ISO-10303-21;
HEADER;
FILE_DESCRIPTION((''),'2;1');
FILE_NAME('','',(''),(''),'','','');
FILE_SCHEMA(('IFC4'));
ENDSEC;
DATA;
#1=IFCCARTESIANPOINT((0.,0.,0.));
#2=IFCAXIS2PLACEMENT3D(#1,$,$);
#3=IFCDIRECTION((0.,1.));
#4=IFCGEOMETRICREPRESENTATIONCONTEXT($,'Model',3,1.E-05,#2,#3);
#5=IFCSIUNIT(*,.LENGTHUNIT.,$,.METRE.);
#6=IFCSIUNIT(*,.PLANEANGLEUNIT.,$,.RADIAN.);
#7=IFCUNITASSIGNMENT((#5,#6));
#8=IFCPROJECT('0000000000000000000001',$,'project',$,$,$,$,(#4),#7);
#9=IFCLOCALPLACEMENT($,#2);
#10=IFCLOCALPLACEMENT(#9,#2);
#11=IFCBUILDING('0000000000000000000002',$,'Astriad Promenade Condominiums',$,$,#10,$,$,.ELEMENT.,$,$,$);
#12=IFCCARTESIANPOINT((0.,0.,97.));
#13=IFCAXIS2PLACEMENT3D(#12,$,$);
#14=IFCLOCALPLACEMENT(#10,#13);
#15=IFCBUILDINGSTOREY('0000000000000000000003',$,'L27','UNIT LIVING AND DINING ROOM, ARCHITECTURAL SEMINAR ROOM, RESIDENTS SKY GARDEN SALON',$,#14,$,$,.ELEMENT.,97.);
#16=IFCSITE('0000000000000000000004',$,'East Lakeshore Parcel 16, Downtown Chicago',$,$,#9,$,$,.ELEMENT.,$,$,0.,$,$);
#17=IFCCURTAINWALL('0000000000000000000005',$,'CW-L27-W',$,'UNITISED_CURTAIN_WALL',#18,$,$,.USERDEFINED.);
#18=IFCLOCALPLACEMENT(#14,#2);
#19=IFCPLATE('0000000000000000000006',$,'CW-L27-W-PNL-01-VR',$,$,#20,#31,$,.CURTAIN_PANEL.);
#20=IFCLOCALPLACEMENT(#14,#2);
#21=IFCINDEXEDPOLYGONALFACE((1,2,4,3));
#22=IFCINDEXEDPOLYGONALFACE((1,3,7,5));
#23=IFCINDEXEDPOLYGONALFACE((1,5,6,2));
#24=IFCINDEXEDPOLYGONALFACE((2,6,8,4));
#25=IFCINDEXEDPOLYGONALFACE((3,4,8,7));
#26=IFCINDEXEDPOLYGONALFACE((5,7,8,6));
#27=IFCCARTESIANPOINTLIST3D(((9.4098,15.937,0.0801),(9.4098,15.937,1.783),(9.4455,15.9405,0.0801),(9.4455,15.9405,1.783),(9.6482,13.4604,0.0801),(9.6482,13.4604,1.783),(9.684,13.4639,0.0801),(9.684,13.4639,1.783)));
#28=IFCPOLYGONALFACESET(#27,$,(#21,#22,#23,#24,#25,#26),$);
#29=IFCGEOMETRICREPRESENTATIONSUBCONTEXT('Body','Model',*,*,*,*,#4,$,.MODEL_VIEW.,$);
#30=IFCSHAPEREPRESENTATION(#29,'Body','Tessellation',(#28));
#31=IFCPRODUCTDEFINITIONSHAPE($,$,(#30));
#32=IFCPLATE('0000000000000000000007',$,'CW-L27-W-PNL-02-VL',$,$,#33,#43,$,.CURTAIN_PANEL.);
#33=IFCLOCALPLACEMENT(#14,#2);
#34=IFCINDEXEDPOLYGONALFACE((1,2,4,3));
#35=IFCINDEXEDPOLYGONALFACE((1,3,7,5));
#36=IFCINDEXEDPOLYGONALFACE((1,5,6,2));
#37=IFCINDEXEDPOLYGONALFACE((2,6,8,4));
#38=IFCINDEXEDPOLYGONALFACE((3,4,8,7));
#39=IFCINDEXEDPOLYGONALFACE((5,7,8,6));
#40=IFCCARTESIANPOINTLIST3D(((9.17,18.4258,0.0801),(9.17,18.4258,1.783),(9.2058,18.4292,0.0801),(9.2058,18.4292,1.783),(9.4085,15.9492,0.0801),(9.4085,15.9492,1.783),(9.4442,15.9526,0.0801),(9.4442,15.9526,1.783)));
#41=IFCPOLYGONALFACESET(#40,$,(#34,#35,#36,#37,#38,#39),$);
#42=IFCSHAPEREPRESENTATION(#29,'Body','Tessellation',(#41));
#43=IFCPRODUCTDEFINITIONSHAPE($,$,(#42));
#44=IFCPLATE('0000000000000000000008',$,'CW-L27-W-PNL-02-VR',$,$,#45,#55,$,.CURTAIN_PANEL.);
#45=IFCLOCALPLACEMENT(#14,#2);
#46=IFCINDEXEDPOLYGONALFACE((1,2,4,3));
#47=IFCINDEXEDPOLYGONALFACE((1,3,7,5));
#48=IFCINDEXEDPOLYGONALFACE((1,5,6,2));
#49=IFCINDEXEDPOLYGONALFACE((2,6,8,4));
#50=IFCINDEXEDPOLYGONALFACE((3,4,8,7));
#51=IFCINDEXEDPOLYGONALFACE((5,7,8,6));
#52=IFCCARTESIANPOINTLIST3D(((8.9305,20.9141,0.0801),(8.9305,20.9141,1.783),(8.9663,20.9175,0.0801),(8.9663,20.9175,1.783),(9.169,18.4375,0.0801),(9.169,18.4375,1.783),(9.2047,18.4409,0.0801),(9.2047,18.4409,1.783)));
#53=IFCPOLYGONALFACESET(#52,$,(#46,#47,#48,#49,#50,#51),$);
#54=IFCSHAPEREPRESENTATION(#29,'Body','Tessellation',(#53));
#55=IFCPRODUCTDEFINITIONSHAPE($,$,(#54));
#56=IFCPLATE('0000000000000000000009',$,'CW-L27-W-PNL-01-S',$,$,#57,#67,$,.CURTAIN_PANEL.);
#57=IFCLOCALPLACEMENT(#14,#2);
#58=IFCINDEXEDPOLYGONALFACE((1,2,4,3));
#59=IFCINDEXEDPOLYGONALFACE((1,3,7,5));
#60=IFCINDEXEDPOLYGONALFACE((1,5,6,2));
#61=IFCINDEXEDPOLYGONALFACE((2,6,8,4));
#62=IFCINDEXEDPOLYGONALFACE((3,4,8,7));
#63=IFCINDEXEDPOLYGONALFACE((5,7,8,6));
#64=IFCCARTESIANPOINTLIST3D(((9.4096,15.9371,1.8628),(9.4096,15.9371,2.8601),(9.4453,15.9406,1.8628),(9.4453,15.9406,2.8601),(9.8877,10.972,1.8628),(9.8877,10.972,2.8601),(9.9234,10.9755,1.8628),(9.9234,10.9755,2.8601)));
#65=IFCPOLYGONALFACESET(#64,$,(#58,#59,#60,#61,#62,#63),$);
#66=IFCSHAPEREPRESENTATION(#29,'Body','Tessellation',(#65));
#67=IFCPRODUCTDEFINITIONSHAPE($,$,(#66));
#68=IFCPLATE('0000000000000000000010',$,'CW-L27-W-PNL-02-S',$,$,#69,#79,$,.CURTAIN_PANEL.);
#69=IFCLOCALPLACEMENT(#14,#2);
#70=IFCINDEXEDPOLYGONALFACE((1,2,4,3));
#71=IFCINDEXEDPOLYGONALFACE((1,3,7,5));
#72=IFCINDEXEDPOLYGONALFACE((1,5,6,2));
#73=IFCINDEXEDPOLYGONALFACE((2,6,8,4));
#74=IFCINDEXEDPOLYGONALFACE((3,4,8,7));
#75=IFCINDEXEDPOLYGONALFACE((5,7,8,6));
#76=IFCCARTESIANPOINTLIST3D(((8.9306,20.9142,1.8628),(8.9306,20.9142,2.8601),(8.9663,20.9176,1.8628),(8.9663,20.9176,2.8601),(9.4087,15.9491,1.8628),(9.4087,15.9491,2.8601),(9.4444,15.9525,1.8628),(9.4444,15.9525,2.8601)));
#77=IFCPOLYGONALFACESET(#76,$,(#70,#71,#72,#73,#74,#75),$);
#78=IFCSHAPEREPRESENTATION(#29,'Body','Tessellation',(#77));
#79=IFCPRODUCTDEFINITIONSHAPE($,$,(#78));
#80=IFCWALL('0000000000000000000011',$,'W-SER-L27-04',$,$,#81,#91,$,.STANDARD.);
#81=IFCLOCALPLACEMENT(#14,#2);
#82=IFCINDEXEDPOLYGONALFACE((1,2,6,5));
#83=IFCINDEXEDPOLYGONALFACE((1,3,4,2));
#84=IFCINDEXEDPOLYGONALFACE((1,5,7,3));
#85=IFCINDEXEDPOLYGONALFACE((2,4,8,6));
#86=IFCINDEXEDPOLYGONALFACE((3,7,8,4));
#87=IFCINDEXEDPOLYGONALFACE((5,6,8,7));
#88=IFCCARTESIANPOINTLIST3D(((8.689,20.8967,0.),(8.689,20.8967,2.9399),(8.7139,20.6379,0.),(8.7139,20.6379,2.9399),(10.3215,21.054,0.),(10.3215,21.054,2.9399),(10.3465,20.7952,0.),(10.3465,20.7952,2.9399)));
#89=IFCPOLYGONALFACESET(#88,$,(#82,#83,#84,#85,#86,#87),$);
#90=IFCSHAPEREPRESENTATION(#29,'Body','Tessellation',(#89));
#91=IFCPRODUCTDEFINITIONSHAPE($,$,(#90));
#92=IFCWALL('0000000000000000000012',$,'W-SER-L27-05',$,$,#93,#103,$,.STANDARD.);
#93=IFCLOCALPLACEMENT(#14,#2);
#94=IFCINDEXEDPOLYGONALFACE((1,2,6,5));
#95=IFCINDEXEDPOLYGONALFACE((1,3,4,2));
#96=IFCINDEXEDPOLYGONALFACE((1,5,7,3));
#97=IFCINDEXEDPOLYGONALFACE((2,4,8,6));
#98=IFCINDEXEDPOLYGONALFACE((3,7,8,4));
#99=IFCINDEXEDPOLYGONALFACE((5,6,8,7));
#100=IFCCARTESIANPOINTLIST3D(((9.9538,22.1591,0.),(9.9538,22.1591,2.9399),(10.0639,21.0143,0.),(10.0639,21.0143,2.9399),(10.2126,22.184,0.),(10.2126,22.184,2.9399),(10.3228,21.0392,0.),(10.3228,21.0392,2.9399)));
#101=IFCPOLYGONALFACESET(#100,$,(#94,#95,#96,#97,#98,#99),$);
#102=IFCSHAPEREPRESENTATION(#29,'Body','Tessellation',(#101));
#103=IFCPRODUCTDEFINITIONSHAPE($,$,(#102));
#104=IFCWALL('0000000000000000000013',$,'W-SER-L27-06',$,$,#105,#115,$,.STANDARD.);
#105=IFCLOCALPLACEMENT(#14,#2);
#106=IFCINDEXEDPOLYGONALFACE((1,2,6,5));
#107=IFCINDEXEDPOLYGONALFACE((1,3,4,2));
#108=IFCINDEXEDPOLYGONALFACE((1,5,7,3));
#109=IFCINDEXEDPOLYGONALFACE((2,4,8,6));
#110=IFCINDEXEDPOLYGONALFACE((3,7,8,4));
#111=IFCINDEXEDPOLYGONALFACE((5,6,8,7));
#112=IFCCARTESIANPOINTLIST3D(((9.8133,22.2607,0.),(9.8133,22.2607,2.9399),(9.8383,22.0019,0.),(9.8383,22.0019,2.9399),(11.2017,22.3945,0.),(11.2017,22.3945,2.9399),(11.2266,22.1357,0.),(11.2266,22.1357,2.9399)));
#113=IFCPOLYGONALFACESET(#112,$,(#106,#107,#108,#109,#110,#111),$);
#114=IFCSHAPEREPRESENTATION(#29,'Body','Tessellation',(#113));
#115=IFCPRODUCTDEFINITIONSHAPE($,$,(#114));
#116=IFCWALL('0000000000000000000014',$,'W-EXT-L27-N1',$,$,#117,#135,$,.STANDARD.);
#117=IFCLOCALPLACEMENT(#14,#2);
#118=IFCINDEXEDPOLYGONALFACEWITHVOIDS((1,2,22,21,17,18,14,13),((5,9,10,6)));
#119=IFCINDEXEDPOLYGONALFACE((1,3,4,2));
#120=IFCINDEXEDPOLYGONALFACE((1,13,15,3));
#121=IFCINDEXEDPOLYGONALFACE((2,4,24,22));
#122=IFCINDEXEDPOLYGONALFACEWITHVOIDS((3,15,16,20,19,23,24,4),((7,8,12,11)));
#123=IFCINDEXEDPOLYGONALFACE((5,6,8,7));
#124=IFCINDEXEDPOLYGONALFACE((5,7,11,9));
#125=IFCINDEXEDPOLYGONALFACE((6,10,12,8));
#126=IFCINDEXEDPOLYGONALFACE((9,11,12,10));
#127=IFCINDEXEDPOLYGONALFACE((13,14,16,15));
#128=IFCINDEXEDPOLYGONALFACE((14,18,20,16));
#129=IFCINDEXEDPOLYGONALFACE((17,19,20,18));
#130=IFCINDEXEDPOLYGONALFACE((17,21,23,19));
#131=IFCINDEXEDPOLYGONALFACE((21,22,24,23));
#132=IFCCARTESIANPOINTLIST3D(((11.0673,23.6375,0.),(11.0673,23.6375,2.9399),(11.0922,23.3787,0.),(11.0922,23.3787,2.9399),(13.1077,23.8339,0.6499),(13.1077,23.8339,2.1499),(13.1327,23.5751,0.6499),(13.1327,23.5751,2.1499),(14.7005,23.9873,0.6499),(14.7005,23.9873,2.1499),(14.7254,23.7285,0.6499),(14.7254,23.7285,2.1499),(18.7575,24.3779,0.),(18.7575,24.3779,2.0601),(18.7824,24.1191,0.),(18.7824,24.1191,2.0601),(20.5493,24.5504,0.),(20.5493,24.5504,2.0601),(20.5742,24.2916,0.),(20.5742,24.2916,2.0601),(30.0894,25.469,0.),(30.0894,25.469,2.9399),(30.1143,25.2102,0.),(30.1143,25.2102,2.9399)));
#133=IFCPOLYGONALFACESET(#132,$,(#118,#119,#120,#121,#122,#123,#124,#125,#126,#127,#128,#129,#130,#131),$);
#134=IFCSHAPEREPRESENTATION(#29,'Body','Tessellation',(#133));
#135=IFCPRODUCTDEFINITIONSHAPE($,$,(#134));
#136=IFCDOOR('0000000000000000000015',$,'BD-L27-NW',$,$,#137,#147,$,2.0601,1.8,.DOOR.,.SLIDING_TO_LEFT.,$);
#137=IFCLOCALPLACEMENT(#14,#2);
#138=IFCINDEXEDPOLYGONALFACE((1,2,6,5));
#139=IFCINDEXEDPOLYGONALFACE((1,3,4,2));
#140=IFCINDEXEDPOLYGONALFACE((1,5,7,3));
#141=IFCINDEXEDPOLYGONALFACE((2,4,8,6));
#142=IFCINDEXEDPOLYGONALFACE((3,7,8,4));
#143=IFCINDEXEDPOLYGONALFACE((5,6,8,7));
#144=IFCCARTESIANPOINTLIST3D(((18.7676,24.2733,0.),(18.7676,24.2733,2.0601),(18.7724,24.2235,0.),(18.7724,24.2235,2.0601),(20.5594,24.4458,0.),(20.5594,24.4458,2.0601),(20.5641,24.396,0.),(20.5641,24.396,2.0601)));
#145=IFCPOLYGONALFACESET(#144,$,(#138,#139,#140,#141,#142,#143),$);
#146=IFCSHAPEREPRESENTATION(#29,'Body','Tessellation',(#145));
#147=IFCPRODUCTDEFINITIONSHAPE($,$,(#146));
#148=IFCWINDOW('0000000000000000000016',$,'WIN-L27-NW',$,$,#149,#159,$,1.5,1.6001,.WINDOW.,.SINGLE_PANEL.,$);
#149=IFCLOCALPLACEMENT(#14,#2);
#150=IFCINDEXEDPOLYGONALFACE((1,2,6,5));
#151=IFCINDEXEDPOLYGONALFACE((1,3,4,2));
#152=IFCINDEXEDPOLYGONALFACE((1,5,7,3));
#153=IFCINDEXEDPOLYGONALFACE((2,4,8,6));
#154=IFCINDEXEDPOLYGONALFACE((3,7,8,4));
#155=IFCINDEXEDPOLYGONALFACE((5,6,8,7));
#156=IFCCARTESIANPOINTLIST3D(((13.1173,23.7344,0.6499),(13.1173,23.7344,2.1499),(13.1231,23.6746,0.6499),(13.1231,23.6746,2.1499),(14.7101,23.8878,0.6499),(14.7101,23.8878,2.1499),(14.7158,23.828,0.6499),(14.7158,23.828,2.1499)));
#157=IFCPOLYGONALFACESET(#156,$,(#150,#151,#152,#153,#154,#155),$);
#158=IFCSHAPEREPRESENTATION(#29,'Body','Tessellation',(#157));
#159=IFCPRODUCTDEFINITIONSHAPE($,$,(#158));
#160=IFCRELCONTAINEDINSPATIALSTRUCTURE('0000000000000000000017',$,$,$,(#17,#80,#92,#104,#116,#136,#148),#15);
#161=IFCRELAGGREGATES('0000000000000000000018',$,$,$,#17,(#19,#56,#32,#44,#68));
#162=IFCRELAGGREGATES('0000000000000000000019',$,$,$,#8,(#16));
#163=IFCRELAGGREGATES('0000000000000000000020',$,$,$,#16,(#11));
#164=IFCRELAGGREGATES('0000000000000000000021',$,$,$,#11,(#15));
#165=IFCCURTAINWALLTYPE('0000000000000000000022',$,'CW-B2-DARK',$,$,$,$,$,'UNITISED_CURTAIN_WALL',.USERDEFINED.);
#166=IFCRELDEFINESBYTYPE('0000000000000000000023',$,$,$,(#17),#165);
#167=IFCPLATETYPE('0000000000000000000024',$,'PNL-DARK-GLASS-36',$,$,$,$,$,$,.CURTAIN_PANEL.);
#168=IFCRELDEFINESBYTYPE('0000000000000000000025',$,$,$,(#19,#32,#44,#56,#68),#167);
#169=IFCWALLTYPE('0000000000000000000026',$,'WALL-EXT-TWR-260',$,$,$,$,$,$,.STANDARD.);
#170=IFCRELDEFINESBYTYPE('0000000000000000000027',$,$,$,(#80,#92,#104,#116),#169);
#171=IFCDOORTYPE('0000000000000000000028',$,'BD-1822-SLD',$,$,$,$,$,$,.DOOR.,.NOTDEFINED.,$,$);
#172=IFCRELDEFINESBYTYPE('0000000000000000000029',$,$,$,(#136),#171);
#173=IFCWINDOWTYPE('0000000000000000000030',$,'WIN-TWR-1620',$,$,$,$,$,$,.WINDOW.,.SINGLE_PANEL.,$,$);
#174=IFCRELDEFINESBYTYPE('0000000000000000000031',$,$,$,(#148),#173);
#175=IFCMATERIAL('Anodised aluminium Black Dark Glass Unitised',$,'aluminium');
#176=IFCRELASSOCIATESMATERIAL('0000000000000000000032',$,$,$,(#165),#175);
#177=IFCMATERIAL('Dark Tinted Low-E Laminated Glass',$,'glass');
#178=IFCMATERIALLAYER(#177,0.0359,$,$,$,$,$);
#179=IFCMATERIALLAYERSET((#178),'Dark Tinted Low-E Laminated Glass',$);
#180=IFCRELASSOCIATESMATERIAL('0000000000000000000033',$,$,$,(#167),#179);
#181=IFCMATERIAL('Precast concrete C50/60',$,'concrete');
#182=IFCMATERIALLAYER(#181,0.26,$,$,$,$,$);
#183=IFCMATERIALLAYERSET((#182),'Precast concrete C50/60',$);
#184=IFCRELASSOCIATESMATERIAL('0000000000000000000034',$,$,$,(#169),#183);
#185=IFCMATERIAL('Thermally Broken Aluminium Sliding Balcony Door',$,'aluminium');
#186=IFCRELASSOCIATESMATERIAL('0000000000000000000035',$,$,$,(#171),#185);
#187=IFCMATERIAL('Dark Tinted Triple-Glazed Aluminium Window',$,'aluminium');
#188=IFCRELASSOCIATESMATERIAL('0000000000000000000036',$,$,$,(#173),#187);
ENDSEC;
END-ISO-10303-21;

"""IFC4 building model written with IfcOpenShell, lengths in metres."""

from ifc_helpers import new_model, si_unit, direction, frame, frame_2d, origin, origin_2d, place, context, subcontext, project, spatial, rectangle, extrude, source, transform, mapped, material, layer, layer_set, type_object, type_shapes, element, fill, aggregate, save


model = new_model("IFC4")

# Units and contexts
model_context = context("Model", 3, precision=1e-05, world=origin(), true_north=direction((0.0, 1.0)))
body_context = subcontext(model_context, "Body", "Model", "MODEL_VIEW")
ifc_project = project(units=[si_unit("LENGTHUNIT", "METRE"), si_unit("PLANEANGLEUNIT", "RADIAN")], contexts=[model_context])

# Site, building, storey
site_placement = place(None, origin())
site = spatial("IfcSite", under=ifc_project, at=site_placement, Name="East Lakeshore Parcel 16, Downtown Chicago", CompositionType="ELEMENT", RefElevation=0.0)
building_placement = place(site_placement, origin())
building = spatial("IfcBuilding", under=site, at=building_placement, Name="Astriad Promenade Condominiums", CompositionType="ELEMENT")
storey_placement = place(building_placement, frame((0.0, 0.0, 97.0)))
storey = spatial("IfcBuildingStorey", under=building, at=storey_placement, Name="L27", Description="UNIT LIVING AND DINING ROOM, ARCHITECTURAL SEMINAR ROOM, RESIDENTS SKY GARDEN SALON", CompositionType="ELEMENT", Elevation=97.0)

# Curtain wall, plates
ifc_material_1 = material(Name="Anodised aluminium Black Dark Glass Unitised", Category="aluminium")
curtain_wall_type = type_object("IfcCurtainWallType", Name="CW-B2-DARK", ElementType="UNITISED_CURTAIN_WALL", PredefinedType="USERDEFINED", material=ifc_material_1)
curtain_wall_placement = place(storey_placement, origin())
curtain_wall = element("IfcCurtainWall", 1, at=curtain_wall_placement, inside=storey, type_object=curtain_wall_type, Name="CW-L27-W", ObjectType="UNITISED_CURTAIN_WALL", PredefinedType="USERDEFINED")
ifc_material_2 = material(Name="Dark Tinted Low-E Laminated Glass", Category="glass")
ifc_layer_1 = layer(ifc_material_2, 0.0359)
ifc_layer_set_1 = layer_set([ifc_layer_1], Name="Dark Tinted Low-E Laminated Glass")
plate_type = type_object("IfcPlateType", Name="PNL-DARK-GLASS-36", PredefinedType="CURTAIN_PANEL", material=ifc_layer_set_1)
shared_shape_1 = source(origin(), body_context, "Body", "SweptSolid", [
    extrude(rectangle(XDim=2.488, YDim=0.0359, at=origin_2d()), origin(), (0.0, 0.0, 1.0), 1.7029),
])
plate_1_placement = place(storey_placement, frame((9.5469, 14.7004, 0.0801), z_axis=(0.0, 0.0, 1.0), x_axis=(-0.095846, 0.995396, 0.0)))
plate_1 = element("IfcPlate", 2, at=plate_1_placement, type_object=plate_type, Name="CW-L27-W-PNL-01-VR", PredefinedType="CURTAIN_PANEL", context=body_context, shape_type="MappedRepresentation", body=[
    mapped(shared_shape_1, transform((0.0, 0.0, 0.0), scale=1.0)),
])
plate_2_placement = place(storey_placement, frame((9.3071, 17.1892, 0.0801), z_axis=(0.0, 0.0, 1.0), x_axis=(-0.095846, 0.995396, 0.0)))
plate_2 = element("IfcPlate", 3, at=plate_2_placement, type_object=plate_type, Name="CW-L27-W-PNL-02-VL", PredefinedType="CURTAIN_PANEL", context=body_context, shape_type="MappedRepresentation", body=[
    mapped(shared_shape_1, transform((0.0, 0.0, 0.0), scale=1.0)),
])
plate_3_placement = place(storey_placement, frame((9.0676, 19.6775, 0.0801), z_axis=(0.0, 0.0, 1.0), x_axis=(-0.095846, 0.995396, 0.0)))
plate_3 = element("IfcPlate", 4, at=plate_3_placement, type_object=plate_type, Name="CW-L27-W-PNL-02-VR", PredefinedType="CURTAIN_PANEL", context=body_context, shape_type="MappedRepresentation", body=[
    mapped(shared_shape_1, transform((0.0, 0.0, 0.0), scale=1.0)),
])
shared_shape_2 = source(origin(), body_context, "Body", "SweptSolid", [
    extrude(rectangle(XDim=4.988, YDim=0.0359, at=origin_2d()), origin(), (0.0, 0.0, 1.0), 0.9973),
])
type_shapes(plate_type, [shared_shape_1, shared_shape_2])
plate_4_placement = place(storey_placement, frame((9.6665, 13.4563, 1.8628), z_axis=(0.0, 0.0, 1.0), x_axis=(-0.095846, 0.995396, 0.0)))
plate_4 = element("IfcPlate", 5, at=plate_4_placement, type_object=plate_type, Name="CW-L27-W-PNL-01-S", PredefinedType="CURTAIN_PANEL", context=body_context, shape_type="MappedRepresentation", body=[
    mapped(shared_shape_2, transform((0.0, 0.0, 0.0), scale=1.0)),
])
plate_5_placement = place(storey_placement, frame((9.1875, 18.4333, 1.8628), z_axis=(0.0, 0.0, 1.0), x_axis=(-0.095846, 0.995396, 0.0)))
plate_5 = element("IfcPlate", 6, at=plate_5_placement, type_object=plate_type, Name="CW-L27-W-PNL-02-S", PredefinedType="CURTAIN_PANEL", context=body_context, shape_type="MappedRepresentation", body=[
    mapped(shared_shape_2, transform((0.0, 0.0, 0.0), scale=1.0)),
])
aggregate(curtain_wall, [plate_1, plate_4, plate_2, plate_3, plate_5])

# Walls
ifc_material_3 = material(Name="Precast concrete C50/60", Category="concrete")
ifc_layer_2 = layer(ifc_material_3, 0.26)
ifc_layer_set_2 = layer_set([ifc_layer_2], Name="Precast concrete C50/60")
wall_type_1 = type_object("IfcWallType", Name="WALL-EXT-TWR-260", PredefinedType="STANDARD", material=ifc_layer_set_2)
wall_1_placement = place(storey_placement, frame((8.7014, 20.7673, 0.0), z_axis=(0.0, 0.0, 1.0), x_axis=(0.995395, 0.095863, 0.0)))
element("IfcWall", 7, at=wall_1_placement, inside=storey, type_object=wall_type_1, Name="W-SER-L27-04", PredefinedType="STANDARD", context=body_context, shape_type="SweptSolid", body=[
    extrude(rectangle(XDim=1.6401, YDim=0.26, at=frame_2d((0.8201, 0.0))), origin(), (0.0, 0.0, 1.0), 2.9399),
])
wall_2_placement = place(storey_placement, frame((10.1934, 21.0266, 0.0), z_axis=(0.0, 0.0, 1.0), x_axis=(-0.095741, 0.995406, 0.0)))
element("IfcWall", 8, at=wall_2_placement, inside=storey, type_object=wall_type_1, Name="W-SER-L27-05", PredefinedType="STANDARD", context=body_context, shape_type="SweptSolid", body=[
    extrude(rectangle(XDim=1.1501, YDim=0.26, at=frame_2d((0.5752, 0.0))), origin(), (0.0, 0.0, 1.0), 2.9399),
])
wall_3_placement = place(storey_placement, frame((9.8259, 22.1313, 0.0), z_axis=(0.0, 0.0, 1.0), x_axis=(0.995389, 0.095916, 0.0)))
element("IfcWall", 9, at=wall_3_placement, inside=storey, type_object=wall_type_1, Name="W-SER-L27-06", PredefinedType="STANDARD", context=body_context, shape_type="SweptSolid", body=[
    extrude(rectangle(XDim=1.3948, YDim=0.26, at=frame_2d((0.6973, 0.0))), origin(), (0.0, 0.0, 1.0), 2.9399),
])

# Wall, openings, door, window
wall_4_placement = place(storey_placement, frame((11.0796, 23.5081, 0.0), z_axis=(0.0, 0.0, 1.0), x_axis=(0.995397, 0.095841, 0.0)))
wall_4 = element("IfcWall", 10, at=wall_4_placement, inside=storey, type_object=wall_type_1, Name="W-EXT-L27-N1", PredefinedType="STANDARD", context=body_context, shape_type="SweptSolid", body=[
    extrude(rectangle(XDim=19.1101, YDim=0.26, at=frame_2d((9.5552, 0.0))), origin(), (0.0, 0.0, 1.0), 2.9399),
])
opening_1_placement = place(wall_4_placement, frame((7.7261, 0.0, 0.0)))
opening_1 = element("IfcOpeningElement", 11, at=opening_1_placement, cuts=wall_4, PredefinedType="OPENING", context=body_context, shape_type="SweptSolid", body=[
    extrude(rectangle(XDim=1.8, YDim=2.0601, at=frame_2d((0.8999, 1.03))), frame((0.0, 0.1399, 0.0), z_axis=(0.0, -1.0, 0.0), x_axis=(1.0, 0.0, 0.0)), (0.0, 0.0, 1.0), 0.28),
])
opening_2_placement = place(wall_4_placement, frame((2.05, 0.0, 0.6499)))
opening_2 = element("IfcOpeningElement", 12, at=opening_2_placement, cuts=wall_4, PredefinedType="OPENING", context=body_context, shape_type="SweptSolid", body=[
    extrude(rectangle(XDim=1.6001, YDim=1.5, at=frame_2d((0.8, 0.75))), frame((0.0, 0.1399, 0.0), z_axis=(0.0, -1.0, 0.0), x_axis=(1.0, 0.0, 0.0)), (0.0, 0.0, 1.0), 0.28),
])
ifc_material_4 = material(Name="Thermally Broken Aluminium Sliding Balcony Door", Category="aluminium")
door_type_1 = type_object("IfcDoorType", Name="BD-1822-SLD", OperationType="NOTDEFINED", PredefinedType="DOOR", material=ifc_material_4)
shared_shape_3 = source(origin(), body_context, "Body", "SweptSolid", [
    extrude(rectangle(XDim=1.8, YDim=2.0601, at=frame_2d((0.8999, 1.03))), frame((0.0, 0.0249, 0.0), z_axis=(0.0, -1.0, 0.0), x_axis=(1.0, 0.0, 0.0)), (0.0, 0.0, 1.0), 0.05),
])
type_shapes(door_type_1, [shared_shape_3])
door_1_placement = place(opening_1_placement, origin())
door_1 = element("IfcDoor", 13, at=door_1_placement, inside=storey, type_object=door_type_1, Name="BD-L27-NW", OperationType="SLIDING_TO_LEFT", OverallHeight=2.0601, OverallWidth=1.8, PredefinedType="DOOR", context=body_context, shape_type="MappedRepresentation", body=[
    mapped(shared_shape_3, transform((0.0, 0.0, 0.0), scale=1.0)),
])
fill(opening_1, door_1)
ifc_material_5 = material(Name="Dark Tinted Triple-Glazed Aluminium Window", Category="aluminium")
window_type = type_object("IfcWindowType", Name="WIN-TWR-1620", PartitioningType="SINGLE_PANEL", PredefinedType="WINDOW", material=ifc_material_5)
shared_shape_4 = source(origin(), body_context, "Body", "SweptSolid", [
    extrude(rectangle(XDim=1.6001, YDim=1.5, at=frame_2d((0.8, 0.75))), frame((0.0, 0.03, 0.0), z_axis=(0.0, -1.0, 0.0), x_axis=(1.0, 0.0, 0.0)), (0.0, 0.0, 1.0), 0.0601),
])
type_shapes(window_type, [shared_shape_4])
window_placement = place(opening_2_placement, origin())
window = element("IfcWindow", 14, at=window_placement, inside=storey, type_object=window_type, Name="WIN-L27-NW", OverallHeight=1.5, OverallWidth=1.6001, PartitioningType="SINGLE_PANEL", PredefinedType="WINDOW", context=body_context, shape_type="MappedRepresentation", body=[
    mapped(shared_shape_4, transform((0.0, 0.0, 0.0), scale=1.0)),
])
fill(opening_2, window)

save(model, "model.ifc")
